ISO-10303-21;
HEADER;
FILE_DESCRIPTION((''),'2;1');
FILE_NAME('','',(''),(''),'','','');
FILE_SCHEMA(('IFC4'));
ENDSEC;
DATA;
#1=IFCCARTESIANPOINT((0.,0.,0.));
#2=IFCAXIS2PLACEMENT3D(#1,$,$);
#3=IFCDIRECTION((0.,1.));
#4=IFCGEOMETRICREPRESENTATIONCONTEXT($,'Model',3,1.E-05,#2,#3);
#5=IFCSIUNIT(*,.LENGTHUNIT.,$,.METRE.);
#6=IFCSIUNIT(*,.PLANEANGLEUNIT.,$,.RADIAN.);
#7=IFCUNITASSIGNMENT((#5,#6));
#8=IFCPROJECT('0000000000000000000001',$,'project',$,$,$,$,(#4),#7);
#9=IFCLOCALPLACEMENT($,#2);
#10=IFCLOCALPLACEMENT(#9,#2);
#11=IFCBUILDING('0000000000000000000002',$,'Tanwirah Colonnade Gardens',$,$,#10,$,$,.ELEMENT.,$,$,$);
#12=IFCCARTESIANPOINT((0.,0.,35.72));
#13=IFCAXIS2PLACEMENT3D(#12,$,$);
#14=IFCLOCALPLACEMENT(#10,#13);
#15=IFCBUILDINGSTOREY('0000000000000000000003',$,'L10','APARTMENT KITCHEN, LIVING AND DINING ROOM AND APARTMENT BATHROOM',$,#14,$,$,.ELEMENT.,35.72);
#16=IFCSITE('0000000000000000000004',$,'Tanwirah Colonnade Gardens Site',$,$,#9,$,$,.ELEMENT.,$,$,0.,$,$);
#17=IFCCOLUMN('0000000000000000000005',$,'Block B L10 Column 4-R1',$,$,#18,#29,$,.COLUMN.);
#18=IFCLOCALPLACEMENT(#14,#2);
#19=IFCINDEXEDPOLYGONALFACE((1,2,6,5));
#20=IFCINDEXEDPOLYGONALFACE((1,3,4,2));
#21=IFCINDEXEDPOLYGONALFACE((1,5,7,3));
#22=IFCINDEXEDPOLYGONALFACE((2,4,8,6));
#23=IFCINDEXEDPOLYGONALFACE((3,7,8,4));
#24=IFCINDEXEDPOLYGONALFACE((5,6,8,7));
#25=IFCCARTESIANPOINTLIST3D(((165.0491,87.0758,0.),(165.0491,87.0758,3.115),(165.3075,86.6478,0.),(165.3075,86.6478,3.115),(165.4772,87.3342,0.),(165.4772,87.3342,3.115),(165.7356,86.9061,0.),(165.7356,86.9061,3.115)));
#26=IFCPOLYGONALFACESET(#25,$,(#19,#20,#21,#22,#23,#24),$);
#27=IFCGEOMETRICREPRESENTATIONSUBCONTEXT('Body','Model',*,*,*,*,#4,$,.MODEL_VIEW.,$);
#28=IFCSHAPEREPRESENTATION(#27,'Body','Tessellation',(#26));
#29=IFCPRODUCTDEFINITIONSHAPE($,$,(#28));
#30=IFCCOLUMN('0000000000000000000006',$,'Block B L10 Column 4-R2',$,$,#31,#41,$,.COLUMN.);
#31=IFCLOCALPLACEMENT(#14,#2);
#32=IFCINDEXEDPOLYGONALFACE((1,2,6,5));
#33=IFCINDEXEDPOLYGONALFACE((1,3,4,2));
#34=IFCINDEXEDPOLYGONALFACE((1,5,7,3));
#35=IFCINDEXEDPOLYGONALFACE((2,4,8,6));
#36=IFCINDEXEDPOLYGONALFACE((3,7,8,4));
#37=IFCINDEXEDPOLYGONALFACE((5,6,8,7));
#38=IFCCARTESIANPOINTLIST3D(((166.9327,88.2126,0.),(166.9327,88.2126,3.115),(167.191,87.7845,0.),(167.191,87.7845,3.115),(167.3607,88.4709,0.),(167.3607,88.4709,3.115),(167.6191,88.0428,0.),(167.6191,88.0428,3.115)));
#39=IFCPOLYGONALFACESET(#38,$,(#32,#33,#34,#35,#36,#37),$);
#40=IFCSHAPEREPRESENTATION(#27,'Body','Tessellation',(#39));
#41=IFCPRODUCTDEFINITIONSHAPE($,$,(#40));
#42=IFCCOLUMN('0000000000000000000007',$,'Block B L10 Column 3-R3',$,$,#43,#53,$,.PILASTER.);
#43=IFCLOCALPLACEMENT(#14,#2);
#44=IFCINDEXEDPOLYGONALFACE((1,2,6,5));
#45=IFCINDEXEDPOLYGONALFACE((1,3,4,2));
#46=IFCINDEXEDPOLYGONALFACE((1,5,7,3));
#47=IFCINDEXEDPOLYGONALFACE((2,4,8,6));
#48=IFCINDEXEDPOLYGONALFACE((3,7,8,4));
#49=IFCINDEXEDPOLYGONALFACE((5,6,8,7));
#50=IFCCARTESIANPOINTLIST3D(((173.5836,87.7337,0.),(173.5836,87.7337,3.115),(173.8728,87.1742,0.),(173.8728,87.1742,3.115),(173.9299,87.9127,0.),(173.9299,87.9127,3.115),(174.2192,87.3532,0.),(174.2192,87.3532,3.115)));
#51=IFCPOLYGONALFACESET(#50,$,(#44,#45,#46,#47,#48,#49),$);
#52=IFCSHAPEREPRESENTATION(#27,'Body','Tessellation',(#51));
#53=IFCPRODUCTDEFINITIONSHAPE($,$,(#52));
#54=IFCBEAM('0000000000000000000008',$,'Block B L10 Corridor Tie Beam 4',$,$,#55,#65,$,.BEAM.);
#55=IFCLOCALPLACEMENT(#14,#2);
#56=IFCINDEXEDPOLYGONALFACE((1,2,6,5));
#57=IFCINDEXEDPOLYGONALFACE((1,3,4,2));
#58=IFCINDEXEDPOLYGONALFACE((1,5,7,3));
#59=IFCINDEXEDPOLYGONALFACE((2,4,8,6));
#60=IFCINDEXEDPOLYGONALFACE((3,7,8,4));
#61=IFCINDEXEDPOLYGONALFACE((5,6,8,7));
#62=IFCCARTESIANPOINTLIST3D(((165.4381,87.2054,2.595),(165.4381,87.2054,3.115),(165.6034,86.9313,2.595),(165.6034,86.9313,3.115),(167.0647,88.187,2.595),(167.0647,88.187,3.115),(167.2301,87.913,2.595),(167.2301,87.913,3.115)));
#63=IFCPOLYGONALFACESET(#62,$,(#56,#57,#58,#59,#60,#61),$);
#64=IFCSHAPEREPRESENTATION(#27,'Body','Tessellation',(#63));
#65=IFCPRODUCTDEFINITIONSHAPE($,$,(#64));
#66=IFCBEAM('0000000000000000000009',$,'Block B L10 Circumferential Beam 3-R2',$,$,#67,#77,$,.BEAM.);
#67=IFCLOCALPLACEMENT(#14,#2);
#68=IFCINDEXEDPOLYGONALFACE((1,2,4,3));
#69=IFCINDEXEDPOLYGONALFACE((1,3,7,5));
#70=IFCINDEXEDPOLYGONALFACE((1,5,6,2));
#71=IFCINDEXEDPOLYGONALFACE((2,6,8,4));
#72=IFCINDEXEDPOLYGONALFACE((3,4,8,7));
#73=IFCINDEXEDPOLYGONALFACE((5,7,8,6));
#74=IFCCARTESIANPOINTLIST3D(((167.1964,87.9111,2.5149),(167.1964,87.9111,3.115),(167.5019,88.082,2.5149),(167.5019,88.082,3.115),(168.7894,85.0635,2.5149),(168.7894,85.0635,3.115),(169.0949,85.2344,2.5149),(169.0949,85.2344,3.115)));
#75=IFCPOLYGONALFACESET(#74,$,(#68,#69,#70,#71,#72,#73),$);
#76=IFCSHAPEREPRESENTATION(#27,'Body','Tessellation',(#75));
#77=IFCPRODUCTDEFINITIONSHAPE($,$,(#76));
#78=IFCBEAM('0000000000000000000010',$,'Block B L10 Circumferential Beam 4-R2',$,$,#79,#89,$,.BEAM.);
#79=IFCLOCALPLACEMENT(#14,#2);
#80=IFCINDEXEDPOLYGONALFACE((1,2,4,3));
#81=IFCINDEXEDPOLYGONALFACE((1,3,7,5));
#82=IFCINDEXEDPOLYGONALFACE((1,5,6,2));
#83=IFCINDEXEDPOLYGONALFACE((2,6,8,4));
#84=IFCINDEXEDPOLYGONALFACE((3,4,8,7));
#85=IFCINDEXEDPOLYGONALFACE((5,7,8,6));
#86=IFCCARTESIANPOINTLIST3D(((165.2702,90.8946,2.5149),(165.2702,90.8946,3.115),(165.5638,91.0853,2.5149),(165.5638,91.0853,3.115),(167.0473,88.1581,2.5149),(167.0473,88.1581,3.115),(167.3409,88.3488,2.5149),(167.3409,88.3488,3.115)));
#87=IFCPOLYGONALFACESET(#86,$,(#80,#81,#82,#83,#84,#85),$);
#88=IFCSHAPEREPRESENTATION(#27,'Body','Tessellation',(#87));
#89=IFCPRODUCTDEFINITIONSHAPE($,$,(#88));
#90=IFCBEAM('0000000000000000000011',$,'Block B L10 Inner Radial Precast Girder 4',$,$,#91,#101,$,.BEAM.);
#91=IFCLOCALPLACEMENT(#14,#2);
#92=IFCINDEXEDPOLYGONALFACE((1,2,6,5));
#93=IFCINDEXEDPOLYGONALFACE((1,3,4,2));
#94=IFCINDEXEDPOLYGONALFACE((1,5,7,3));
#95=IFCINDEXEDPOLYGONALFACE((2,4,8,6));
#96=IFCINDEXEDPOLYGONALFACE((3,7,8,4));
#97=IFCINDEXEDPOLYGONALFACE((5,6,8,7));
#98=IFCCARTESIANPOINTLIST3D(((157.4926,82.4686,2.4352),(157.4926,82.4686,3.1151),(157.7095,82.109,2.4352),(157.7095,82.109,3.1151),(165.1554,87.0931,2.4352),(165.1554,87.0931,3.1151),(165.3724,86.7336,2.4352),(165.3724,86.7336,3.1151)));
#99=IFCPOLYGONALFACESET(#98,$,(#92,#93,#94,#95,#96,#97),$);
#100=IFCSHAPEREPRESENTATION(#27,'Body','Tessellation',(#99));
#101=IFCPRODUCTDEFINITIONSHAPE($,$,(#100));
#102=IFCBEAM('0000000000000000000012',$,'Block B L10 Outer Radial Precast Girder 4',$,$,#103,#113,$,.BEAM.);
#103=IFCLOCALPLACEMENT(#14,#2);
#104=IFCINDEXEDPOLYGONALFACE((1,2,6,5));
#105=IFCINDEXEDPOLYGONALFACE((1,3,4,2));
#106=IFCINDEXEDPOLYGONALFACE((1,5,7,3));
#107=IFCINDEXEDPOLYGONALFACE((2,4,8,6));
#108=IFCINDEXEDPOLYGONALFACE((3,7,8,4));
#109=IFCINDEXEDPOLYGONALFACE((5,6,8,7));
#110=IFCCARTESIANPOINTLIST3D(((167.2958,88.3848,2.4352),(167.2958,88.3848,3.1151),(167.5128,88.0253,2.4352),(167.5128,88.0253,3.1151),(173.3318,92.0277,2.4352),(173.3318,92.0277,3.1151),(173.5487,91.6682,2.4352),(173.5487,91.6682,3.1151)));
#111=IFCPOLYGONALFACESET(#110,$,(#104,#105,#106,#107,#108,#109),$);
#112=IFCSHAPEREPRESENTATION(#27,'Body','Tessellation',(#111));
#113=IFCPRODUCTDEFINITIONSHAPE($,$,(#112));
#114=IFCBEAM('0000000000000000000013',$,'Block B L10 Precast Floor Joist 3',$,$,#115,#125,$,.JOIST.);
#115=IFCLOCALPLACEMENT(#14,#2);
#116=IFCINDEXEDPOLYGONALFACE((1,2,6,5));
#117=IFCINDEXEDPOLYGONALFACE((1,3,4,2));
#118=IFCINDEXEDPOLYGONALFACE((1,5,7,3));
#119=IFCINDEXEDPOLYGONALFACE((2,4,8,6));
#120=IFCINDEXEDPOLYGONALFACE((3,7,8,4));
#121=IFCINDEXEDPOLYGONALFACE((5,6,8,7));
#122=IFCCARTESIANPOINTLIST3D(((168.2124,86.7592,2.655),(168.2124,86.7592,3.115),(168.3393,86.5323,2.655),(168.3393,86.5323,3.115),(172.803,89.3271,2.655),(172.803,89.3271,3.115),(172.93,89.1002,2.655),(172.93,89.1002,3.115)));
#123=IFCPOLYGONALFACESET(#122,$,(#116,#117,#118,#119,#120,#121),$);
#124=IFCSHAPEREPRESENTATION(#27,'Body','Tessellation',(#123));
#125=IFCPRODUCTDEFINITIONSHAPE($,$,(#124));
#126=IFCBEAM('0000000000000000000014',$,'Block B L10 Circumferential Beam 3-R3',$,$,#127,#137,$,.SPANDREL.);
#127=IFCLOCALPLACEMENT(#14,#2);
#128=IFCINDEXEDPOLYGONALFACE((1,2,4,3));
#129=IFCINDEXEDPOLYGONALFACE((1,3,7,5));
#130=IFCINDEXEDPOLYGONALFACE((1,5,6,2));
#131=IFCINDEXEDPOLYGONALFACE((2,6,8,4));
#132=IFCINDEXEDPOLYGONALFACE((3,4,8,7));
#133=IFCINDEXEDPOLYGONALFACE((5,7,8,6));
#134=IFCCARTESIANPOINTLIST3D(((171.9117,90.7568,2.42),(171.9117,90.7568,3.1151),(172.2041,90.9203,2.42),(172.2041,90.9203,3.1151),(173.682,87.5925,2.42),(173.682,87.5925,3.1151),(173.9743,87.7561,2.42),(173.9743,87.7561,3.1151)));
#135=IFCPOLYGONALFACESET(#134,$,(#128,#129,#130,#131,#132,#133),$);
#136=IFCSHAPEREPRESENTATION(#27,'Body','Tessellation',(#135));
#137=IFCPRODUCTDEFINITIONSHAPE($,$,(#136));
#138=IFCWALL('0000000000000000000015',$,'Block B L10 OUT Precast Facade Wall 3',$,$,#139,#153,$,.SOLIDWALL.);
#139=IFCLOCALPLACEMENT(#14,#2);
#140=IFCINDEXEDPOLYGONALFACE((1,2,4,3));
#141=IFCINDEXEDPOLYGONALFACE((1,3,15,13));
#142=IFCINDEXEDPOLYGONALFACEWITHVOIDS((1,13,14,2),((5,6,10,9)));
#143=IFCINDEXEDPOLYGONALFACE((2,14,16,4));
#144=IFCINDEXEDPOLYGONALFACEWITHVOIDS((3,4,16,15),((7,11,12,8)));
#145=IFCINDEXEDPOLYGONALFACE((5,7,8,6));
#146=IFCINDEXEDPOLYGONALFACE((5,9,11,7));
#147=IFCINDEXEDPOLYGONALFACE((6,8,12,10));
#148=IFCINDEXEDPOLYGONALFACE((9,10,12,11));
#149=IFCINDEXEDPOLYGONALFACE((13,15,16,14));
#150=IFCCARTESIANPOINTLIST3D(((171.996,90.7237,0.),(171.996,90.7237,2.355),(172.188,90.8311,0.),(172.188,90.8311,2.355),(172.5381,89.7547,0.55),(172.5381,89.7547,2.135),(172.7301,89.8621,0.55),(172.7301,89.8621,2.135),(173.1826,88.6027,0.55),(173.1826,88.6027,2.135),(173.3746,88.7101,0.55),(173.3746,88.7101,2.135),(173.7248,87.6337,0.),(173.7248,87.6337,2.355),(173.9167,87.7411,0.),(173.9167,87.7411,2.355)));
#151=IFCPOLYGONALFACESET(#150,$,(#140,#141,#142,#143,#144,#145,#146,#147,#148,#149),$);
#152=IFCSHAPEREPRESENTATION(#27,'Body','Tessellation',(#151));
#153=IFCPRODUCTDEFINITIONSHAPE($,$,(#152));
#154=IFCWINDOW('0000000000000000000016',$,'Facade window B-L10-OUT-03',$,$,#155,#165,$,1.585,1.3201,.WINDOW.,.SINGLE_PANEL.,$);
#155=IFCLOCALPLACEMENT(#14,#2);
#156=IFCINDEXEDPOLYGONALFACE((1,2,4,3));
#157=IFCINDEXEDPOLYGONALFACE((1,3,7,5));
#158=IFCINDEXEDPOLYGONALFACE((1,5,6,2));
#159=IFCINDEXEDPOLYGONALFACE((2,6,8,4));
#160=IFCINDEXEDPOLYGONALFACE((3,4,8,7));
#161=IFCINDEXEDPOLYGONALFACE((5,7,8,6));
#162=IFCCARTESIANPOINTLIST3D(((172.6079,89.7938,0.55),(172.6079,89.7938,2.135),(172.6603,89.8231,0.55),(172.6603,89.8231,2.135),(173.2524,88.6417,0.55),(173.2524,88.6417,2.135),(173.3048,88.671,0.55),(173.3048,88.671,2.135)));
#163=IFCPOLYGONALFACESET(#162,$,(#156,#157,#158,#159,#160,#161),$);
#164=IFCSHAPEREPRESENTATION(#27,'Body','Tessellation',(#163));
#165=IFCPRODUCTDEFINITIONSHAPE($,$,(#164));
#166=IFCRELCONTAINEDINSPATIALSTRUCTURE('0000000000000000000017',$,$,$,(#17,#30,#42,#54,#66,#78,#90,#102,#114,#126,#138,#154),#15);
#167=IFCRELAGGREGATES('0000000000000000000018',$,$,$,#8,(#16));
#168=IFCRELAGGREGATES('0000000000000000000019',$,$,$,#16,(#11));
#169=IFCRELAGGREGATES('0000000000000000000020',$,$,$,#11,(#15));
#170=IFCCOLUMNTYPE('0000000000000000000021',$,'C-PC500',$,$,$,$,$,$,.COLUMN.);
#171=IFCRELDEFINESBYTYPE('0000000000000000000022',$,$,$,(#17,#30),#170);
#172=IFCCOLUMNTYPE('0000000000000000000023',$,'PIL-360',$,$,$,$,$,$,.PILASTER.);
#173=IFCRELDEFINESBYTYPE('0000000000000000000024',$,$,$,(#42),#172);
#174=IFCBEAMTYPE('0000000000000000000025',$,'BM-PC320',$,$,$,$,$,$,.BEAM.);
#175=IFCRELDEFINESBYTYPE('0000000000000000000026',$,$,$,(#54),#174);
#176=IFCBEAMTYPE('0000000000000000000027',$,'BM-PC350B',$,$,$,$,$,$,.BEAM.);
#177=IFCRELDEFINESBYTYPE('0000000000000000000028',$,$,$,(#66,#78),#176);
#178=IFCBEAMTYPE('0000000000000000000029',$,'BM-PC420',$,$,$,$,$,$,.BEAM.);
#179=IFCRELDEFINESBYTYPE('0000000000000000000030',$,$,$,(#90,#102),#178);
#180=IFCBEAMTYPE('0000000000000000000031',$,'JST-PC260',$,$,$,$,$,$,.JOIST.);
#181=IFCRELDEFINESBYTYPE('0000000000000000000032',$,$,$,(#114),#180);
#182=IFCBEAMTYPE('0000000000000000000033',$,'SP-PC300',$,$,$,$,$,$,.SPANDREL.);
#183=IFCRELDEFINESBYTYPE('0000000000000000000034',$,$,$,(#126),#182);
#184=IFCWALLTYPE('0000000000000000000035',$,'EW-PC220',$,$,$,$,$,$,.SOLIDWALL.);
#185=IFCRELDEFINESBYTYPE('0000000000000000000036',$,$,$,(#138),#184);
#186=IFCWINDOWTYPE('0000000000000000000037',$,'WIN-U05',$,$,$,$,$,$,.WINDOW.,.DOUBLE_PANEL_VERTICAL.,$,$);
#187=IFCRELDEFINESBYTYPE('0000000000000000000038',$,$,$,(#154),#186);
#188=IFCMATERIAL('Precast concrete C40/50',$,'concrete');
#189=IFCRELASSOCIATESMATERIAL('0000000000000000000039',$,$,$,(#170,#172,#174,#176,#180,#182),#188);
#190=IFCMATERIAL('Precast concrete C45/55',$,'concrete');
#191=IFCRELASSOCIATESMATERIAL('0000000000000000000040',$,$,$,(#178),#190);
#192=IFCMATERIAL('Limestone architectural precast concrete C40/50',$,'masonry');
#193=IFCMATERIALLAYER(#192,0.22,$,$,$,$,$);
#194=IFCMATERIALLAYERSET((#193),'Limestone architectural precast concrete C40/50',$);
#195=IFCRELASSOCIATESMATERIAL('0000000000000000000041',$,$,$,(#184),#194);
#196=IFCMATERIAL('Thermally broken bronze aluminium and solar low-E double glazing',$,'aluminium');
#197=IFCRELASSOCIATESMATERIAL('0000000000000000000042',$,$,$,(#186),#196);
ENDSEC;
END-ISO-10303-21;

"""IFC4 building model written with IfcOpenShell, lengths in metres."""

from ifc_helpers import new_model, si_unit, direction, frame, frame_2d, origin, origin_2d, place, context, subcontext, project, spatial, rectangle, extrude, material, layer, layer_set, material_profile, profile_set, type_object, element, fill, save


model = new_model("IFC4")

# Units and contexts
model_context = context("Model", 3, precision=1e-05, world=origin(), true_north=direction((0.0, 1.0)))
body_context = subcontext(model_context, "Body", "Model", "MODEL_VIEW")
ifc_project = project(units=[si_unit("LENGTHUNIT", "METRE"), si_unit("PLANEANGLEUNIT", "RADIAN")], contexts=[model_context])

# Site, building, storey
site_placement = place(None, origin())
site = spatial("IfcSite", under=ifc_project, at=site_placement, Name="Tanwirah Colonnade Gardens Site", CompositionType="ELEMENT", RefElevation=0.0)
building_placement = place(site_placement, origin())
building = spatial("IfcBuilding", under=site, at=building_placement, Name="Tanwirah Colonnade Gardens", CompositionType="ELEMENT")
storey_placement = place(building_placement, frame((0.0, 0.0, 35.72)))
storey = spatial("IfcBuildingStorey", under=building, at=storey_placement, Name="L10", Description="APARTMENT KITCHEN, LIVING AND DINING ROOM AND APARTMENT BATHROOM", CompositionType="ELEMENT", Elevation=35.72)

# Columns
ifc_material_1 = material(Name="Precast concrete C40/50", Category="concrete")
ifc_material_profile_1 = material_profile(ifc_material_1, rectangle(XDim=0.5, YDim=0.5, at=origin_2d()), Name="PC-COL 500x500")
ifc_profile_set_1 = profile_set([ifc_material_profile_1], Name="Precast concrete C40/50")
column_type_1 = type_object("IfcColumnType", Name="C-PC500", PredefinedType="COLUMN", material=ifc_profile_set_1)
for number, where, z_axis, x_axis, name in (
    (1, (165.3923, 86.991, 0.0), (0.0, 0.0, 1.0), (0.856167, 0.516699, 0.0), "Block B L10 Column 4-R1"),
    (2, (167.2759, 88.1277, 0.0), (0.0, 0.0, 1.0), (0.856167, 0.516699, 0.0), "Block B L10 Column 4-R2"),
):
    element("IfcColumn", number, at=place(storey_placement, frame(where, z_axis=z_axis, x_axis=x_axis)), inside=storey, type_object=column_type_1, Name=name, PredefinedType="COLUMN", context=body_context, shape_type="SweptSolid", body=[
        extrude(rectangle(XDim=0.5, YDim=0.5, at=origin_2d()), origin(), (0.0, 0.0, 1.0), 3.115),
    ])
ifc_material_profile_2 = material_profile(ifc_material_1, rectangle(XDim=0.3899, YDim=0.6299, at=origin_2d()), Name="PC-PIL 390x630")
ifc_profile_set_2 = profile_set([ifc_material_profile_2], Name="Precast concrete C40/50")
column_type_2 = type_object("IfcColumnType", Name="PIL-360", PredefinedType="PILASTER", material=ifc_profile_set_2)
column_placement = place(storey_placement, frame((173.9014, 87.5435, 0.0), z_axis=(0.0, 0.0, 1.0), x_axis=(0.88835, 0.459166, 0.0)))
element("IfcColumn", 3, at=column_placement, inside=storey, type_object=column_type_2, Name="Block B L10 Column 3-R3", PredefinedType="PILASTER", context=body_context, shape_type="SweptSolid", body=[
    extrude(rectangle(XDim=0.3899, YDim=0.6299, at=origin_2d()), origin(), (0.0, 0.0, 1.0), 3.115),
])

# Beams
ifc_material_profile_3 = material_profile(ifc_material_1, rectangle(XDim=0.3201, YDim=0.52, at=origin_2d()), Name="PC-BM 320x520")
ifc_profile_set_3 = profile_set([ifc_material_profile_3], Name="Precast concrete C40/50")
beam_type_1 = type_object("IfcBeamType", Name="BM-PC320", PredefinedType="BEAM", material=ifc_profile_set_3)
beam_1_placement = place(storey_placement, frame((165.5208, 87.0684, 2.855), z_axis=(0.856175, 0.516686, 0.0), x_axis=(-0.516686, 0.856175, 0.0)))
element("IfcBeam", 4, at=beam_1_placement, inside=storey, type_object=beam_type_1, Name="Block B L10 Corridor Tie Beam 4", PredefinedType="BEAM", context=body_context, shape_type="SweptSolid", body=[
    extrude(rectangle(XDim=0.3201, YDim=0.52, at=origin_2d()), origin(), (0.0, 0.0, 1.0), 1.8999),
])
ifc_material_profile_4 = material_profile(ifc_material_1, rectangle(XDim=0.3501, YDim=0.6001, at=origin_2d()), Name="PC-BM 350x600")
ifc_profile_set_4 = profile_set([ifc_material_profile_4], Name="Precast concrete C40/50")
beam_type_2 = type_object("IfcBeamType", Name="BM-PC350B", PredefinedType="BEAM", material=ifc_profile_set_4)
for number, where, z_axis, x_axis, name in (
    (5, (168.9421, 85.1489, 2.8149), (-0.488214, 0.872724, 0.0), (-0.872724, -0.488214, 0.0), "Block B L10 Circumferential Beam 3-R2"),
    (6, (167.1941, 88.2534, 2.8149), (-0.544628, 0.838678, 0.0), (-0.838678, -0.544628, 0.0), "Block B L10 Circumferential Beam 4-R2"),
):
    element("IfcBeam", number, at=place(storey_placement, frame(where, z_axis=z_axis, x_axis=x_axis)), inside=storey, type_object=beam_type_2, Name=name, PredefinedType="BEAM", context=body_context, shape_type="SweptSolid", body=[
        extrude(rectangle(XDim=0.3501, YDim=0.6001, at=origin_2d()), origin(), (0.0, 0.0, 1.0), 3.2629),
    ])
ifc_material_2 = material(Name="Precast concrete C45/55", Category="concrete")
ifc_material_profile_5 = material_profile(ifc_material_2, rectangle(XDim=0.4199, YDim=0.6799, at=origin_2d()), Name="PC-BM 420x680")
ifc_profile_set_5 = profile_set([ifc_material_profile_5], Name="Precast concrete C45/55")
beam_type_3 = type_object("IfcBeamType", Name="BM-PC420", PredefinedType="BEAM", material=ifc_profile_set_5)
beam_2_placement = place(storey_placement, frame((165.2639, 86.9133, 2.7751), z_axis=(-0.856169, -0.516696, 0.0), x_axis=(0.516696, -0.856169, 0.0)))
element("IfcBeam", 7, at=beam_2_placement, inside=storey, type_object=beam_type_3, Name="Block B L10 Inner Radial Precast Girder 4", PredefinedType="BEAM", context=body_context, shape_type="SweptSolid", body=[
    extrude(rectangle(XDim=0.4199, YDim=0.6799, at=origin_2d()), origin(), (0.0, 0.0, 1.0), 8.9502),
])
beam_3_placement = place(storey_placement, frame((167.4043, 88.2051, 2.7751), z_axis=(0.856158, 0.516714, 0.0), x_axis=(-0.516714, 0.856158, 0.0)))
element("IfcBeam", 8, at=beam_3_placement, inside=storey, type_object=beam_type_3, Name="Block B L10 Outer Radial Precast Girder 4", PredefinedType="BEAM", context=body_context, shape_type="SweptSolid", body=[
    extrude(rectangle(XDim=0.4199, YDim=0.6799, at=origin_2d()), origin(), (0.0, 0.0, 1.0), 7.05),
])
ifc_material_profile_6 = material_profile(ifc_material_1, rectangle(XDim=0.26, YDim=0.46, at=origin_2d()), Name="PC-JST 260x460")
ifc_profile_set_6 = profile_set([ifc_material_profile_6], Name="Precast concrete C40/50")
beam_type_4 = type_object("IfcBeamType", Name="JST-PC260", PredefinedType="JOIST", material=ifc_profile_set_6)
beam_4_placement = place(storey_placement, frame((168.2759, 86.6458, 2.885), z_axis=(0.872737, 0.488191, 0.0), x_axis=(-0.488191, 0.872737, 0.0)))
element("IfcBeam", 9, at=beam_4_placement, inside=storey, type_object=beam_type_4, Name="Block B L10 Precast Floor Joist 3", PredefinedType="JOIST", context=body_context, shape_type="SweptSolid", body=[
    extrude(rectangle(XDim=0.26, YDim=0.46, at=origin_2d()), origin(), (0.0, 0.0, 1.0), 5.26),
])
ifc_material_profile_7 = material_profile(ifc_material_1, rectangle(XDim=0.335, YDim=0.6951, at=origin_2d()), Name="PC-SP 335x695")
ifc_profile_set_7 = profile_set([ifc_material_profile_7], Name="Precast concrete C40/50")
beam_type_5 = type_object("IfcBeamType", Name="SP-PC300", PredefinedType="SPANDREL", material=ifc_profile_set_7)
beam_5_placement = place(storey_placement, frame((173.8281, 87.6743, 2.7676), z_axis=(-0.488236, 0.872711, 0.0), x_axis=(-0.872711, -0.488236, 0.0)))
element("IfcBeam", 10, at=beam_5_placement, inside=storey, type_object=beam_type_5, Name="Block B L10 Circumferential Beam 3-R3", PredefinedType="SPANDREL", context=body_context, shape_type="SweptSolid", body=[
    extrude(rectangle(XDim=0.335, YDim=0.6951, at=origin_2d()), origin(), (0.0, 0.0, 1.0), 3.6257),
])

# Wall, opening, window
ifc_material_3 = material(Name="Limestone architectural precast concrete C40/50", Category="masonry")
ifc_layer_1 = layer(ifc_material_3, 0.22)
ifc_layer_set_1 = layer_set([ifc_layer_1], Name="Limestone architectural precast concrete C40/50")
wall_type_1 = type_object("IfcWallType", Name="EW-PC220", PredefinedType="SOLIDWALL", material=ifc_layer_set_1)
wall_1_placement = place(storey_placement, frame((173.8208, 87.6873, 0.0), z_axis=(0.0, 0.0, 1.0), x_axis=(-0.48824, 0.872709, 0.0)))
wall_1 = element("IfcWall", 11, at=wall_1_placement, inside=storey, type_object=wall_type_1, Name="Block B L10 OUT Precast Facade Wall 3", PredefinedType="SOLIDWALL", context=body_context, shape_type="SweptSolid", body=[
    extrude(rectangle(XDim=3.5408, YDim=0.22, at=frame_2d((1.7705, 0.0))), origin(), (0.0, 0.0, 1.0), 2.355),
])
opening_1_placement = place(wall_1_placement, frame((1.1104, 0.0, 0.55)))
opening_1 = element("IfcOpeningElement", 12, at=opening_1_placement, cuts=wall_1, PredefinedType="OPENING", context=body_context, shape_type="SweptSolid", body=[
    extrude(rectangle(XDim=1.3201, YDim=1.585, at=frame_2d((0.6602, 0.7925))), frame((0.0, 0.1199, 0.0), z_axis=(0.0, -1.0, 0.0), x_axis=(1.0, 0.0, 0.0)), (0.0, 0.0, 1.0), 0.24),
])
ifc_material_4 = material(Name="Thermally broken bronze aluminium and solar low-E double glazing", Category="aluminium")
window_type = type_object("IfcWindowType", Name="WIN-U05", PartitioningType="DOUBLE_PANEL_VERTICAL", PredefinedType="WINDOW", material=ifc_material_4)
window_placement = place(opening_1_placement, origin())
window = element("IfcWindow", 13, at=window_placement, inside=storey, type_object=window_type, Name="Facade window B-L10-OUT-03", OverallHeight=1.585, OverallWidth=1.3201, PartitioningType="SINGLE_PANEL", PredefinedType="WINDOW", context=body_context, shape_type="SweptSolid", body=[
    extrude(rectangle(XDim=1.3201, YDim=1.585, at=frame_2d((0.6602, 0.7925))), frame((0.0, 0.03, 0.0), z_axis=(0.0, -1.0, 0.0), x_axis=(1.0, 0.0, 0.0)), (0.0, 0.0, 1.0), 0.0601),
])
fill(opening_1, window)

save(model, "model.ifc")
